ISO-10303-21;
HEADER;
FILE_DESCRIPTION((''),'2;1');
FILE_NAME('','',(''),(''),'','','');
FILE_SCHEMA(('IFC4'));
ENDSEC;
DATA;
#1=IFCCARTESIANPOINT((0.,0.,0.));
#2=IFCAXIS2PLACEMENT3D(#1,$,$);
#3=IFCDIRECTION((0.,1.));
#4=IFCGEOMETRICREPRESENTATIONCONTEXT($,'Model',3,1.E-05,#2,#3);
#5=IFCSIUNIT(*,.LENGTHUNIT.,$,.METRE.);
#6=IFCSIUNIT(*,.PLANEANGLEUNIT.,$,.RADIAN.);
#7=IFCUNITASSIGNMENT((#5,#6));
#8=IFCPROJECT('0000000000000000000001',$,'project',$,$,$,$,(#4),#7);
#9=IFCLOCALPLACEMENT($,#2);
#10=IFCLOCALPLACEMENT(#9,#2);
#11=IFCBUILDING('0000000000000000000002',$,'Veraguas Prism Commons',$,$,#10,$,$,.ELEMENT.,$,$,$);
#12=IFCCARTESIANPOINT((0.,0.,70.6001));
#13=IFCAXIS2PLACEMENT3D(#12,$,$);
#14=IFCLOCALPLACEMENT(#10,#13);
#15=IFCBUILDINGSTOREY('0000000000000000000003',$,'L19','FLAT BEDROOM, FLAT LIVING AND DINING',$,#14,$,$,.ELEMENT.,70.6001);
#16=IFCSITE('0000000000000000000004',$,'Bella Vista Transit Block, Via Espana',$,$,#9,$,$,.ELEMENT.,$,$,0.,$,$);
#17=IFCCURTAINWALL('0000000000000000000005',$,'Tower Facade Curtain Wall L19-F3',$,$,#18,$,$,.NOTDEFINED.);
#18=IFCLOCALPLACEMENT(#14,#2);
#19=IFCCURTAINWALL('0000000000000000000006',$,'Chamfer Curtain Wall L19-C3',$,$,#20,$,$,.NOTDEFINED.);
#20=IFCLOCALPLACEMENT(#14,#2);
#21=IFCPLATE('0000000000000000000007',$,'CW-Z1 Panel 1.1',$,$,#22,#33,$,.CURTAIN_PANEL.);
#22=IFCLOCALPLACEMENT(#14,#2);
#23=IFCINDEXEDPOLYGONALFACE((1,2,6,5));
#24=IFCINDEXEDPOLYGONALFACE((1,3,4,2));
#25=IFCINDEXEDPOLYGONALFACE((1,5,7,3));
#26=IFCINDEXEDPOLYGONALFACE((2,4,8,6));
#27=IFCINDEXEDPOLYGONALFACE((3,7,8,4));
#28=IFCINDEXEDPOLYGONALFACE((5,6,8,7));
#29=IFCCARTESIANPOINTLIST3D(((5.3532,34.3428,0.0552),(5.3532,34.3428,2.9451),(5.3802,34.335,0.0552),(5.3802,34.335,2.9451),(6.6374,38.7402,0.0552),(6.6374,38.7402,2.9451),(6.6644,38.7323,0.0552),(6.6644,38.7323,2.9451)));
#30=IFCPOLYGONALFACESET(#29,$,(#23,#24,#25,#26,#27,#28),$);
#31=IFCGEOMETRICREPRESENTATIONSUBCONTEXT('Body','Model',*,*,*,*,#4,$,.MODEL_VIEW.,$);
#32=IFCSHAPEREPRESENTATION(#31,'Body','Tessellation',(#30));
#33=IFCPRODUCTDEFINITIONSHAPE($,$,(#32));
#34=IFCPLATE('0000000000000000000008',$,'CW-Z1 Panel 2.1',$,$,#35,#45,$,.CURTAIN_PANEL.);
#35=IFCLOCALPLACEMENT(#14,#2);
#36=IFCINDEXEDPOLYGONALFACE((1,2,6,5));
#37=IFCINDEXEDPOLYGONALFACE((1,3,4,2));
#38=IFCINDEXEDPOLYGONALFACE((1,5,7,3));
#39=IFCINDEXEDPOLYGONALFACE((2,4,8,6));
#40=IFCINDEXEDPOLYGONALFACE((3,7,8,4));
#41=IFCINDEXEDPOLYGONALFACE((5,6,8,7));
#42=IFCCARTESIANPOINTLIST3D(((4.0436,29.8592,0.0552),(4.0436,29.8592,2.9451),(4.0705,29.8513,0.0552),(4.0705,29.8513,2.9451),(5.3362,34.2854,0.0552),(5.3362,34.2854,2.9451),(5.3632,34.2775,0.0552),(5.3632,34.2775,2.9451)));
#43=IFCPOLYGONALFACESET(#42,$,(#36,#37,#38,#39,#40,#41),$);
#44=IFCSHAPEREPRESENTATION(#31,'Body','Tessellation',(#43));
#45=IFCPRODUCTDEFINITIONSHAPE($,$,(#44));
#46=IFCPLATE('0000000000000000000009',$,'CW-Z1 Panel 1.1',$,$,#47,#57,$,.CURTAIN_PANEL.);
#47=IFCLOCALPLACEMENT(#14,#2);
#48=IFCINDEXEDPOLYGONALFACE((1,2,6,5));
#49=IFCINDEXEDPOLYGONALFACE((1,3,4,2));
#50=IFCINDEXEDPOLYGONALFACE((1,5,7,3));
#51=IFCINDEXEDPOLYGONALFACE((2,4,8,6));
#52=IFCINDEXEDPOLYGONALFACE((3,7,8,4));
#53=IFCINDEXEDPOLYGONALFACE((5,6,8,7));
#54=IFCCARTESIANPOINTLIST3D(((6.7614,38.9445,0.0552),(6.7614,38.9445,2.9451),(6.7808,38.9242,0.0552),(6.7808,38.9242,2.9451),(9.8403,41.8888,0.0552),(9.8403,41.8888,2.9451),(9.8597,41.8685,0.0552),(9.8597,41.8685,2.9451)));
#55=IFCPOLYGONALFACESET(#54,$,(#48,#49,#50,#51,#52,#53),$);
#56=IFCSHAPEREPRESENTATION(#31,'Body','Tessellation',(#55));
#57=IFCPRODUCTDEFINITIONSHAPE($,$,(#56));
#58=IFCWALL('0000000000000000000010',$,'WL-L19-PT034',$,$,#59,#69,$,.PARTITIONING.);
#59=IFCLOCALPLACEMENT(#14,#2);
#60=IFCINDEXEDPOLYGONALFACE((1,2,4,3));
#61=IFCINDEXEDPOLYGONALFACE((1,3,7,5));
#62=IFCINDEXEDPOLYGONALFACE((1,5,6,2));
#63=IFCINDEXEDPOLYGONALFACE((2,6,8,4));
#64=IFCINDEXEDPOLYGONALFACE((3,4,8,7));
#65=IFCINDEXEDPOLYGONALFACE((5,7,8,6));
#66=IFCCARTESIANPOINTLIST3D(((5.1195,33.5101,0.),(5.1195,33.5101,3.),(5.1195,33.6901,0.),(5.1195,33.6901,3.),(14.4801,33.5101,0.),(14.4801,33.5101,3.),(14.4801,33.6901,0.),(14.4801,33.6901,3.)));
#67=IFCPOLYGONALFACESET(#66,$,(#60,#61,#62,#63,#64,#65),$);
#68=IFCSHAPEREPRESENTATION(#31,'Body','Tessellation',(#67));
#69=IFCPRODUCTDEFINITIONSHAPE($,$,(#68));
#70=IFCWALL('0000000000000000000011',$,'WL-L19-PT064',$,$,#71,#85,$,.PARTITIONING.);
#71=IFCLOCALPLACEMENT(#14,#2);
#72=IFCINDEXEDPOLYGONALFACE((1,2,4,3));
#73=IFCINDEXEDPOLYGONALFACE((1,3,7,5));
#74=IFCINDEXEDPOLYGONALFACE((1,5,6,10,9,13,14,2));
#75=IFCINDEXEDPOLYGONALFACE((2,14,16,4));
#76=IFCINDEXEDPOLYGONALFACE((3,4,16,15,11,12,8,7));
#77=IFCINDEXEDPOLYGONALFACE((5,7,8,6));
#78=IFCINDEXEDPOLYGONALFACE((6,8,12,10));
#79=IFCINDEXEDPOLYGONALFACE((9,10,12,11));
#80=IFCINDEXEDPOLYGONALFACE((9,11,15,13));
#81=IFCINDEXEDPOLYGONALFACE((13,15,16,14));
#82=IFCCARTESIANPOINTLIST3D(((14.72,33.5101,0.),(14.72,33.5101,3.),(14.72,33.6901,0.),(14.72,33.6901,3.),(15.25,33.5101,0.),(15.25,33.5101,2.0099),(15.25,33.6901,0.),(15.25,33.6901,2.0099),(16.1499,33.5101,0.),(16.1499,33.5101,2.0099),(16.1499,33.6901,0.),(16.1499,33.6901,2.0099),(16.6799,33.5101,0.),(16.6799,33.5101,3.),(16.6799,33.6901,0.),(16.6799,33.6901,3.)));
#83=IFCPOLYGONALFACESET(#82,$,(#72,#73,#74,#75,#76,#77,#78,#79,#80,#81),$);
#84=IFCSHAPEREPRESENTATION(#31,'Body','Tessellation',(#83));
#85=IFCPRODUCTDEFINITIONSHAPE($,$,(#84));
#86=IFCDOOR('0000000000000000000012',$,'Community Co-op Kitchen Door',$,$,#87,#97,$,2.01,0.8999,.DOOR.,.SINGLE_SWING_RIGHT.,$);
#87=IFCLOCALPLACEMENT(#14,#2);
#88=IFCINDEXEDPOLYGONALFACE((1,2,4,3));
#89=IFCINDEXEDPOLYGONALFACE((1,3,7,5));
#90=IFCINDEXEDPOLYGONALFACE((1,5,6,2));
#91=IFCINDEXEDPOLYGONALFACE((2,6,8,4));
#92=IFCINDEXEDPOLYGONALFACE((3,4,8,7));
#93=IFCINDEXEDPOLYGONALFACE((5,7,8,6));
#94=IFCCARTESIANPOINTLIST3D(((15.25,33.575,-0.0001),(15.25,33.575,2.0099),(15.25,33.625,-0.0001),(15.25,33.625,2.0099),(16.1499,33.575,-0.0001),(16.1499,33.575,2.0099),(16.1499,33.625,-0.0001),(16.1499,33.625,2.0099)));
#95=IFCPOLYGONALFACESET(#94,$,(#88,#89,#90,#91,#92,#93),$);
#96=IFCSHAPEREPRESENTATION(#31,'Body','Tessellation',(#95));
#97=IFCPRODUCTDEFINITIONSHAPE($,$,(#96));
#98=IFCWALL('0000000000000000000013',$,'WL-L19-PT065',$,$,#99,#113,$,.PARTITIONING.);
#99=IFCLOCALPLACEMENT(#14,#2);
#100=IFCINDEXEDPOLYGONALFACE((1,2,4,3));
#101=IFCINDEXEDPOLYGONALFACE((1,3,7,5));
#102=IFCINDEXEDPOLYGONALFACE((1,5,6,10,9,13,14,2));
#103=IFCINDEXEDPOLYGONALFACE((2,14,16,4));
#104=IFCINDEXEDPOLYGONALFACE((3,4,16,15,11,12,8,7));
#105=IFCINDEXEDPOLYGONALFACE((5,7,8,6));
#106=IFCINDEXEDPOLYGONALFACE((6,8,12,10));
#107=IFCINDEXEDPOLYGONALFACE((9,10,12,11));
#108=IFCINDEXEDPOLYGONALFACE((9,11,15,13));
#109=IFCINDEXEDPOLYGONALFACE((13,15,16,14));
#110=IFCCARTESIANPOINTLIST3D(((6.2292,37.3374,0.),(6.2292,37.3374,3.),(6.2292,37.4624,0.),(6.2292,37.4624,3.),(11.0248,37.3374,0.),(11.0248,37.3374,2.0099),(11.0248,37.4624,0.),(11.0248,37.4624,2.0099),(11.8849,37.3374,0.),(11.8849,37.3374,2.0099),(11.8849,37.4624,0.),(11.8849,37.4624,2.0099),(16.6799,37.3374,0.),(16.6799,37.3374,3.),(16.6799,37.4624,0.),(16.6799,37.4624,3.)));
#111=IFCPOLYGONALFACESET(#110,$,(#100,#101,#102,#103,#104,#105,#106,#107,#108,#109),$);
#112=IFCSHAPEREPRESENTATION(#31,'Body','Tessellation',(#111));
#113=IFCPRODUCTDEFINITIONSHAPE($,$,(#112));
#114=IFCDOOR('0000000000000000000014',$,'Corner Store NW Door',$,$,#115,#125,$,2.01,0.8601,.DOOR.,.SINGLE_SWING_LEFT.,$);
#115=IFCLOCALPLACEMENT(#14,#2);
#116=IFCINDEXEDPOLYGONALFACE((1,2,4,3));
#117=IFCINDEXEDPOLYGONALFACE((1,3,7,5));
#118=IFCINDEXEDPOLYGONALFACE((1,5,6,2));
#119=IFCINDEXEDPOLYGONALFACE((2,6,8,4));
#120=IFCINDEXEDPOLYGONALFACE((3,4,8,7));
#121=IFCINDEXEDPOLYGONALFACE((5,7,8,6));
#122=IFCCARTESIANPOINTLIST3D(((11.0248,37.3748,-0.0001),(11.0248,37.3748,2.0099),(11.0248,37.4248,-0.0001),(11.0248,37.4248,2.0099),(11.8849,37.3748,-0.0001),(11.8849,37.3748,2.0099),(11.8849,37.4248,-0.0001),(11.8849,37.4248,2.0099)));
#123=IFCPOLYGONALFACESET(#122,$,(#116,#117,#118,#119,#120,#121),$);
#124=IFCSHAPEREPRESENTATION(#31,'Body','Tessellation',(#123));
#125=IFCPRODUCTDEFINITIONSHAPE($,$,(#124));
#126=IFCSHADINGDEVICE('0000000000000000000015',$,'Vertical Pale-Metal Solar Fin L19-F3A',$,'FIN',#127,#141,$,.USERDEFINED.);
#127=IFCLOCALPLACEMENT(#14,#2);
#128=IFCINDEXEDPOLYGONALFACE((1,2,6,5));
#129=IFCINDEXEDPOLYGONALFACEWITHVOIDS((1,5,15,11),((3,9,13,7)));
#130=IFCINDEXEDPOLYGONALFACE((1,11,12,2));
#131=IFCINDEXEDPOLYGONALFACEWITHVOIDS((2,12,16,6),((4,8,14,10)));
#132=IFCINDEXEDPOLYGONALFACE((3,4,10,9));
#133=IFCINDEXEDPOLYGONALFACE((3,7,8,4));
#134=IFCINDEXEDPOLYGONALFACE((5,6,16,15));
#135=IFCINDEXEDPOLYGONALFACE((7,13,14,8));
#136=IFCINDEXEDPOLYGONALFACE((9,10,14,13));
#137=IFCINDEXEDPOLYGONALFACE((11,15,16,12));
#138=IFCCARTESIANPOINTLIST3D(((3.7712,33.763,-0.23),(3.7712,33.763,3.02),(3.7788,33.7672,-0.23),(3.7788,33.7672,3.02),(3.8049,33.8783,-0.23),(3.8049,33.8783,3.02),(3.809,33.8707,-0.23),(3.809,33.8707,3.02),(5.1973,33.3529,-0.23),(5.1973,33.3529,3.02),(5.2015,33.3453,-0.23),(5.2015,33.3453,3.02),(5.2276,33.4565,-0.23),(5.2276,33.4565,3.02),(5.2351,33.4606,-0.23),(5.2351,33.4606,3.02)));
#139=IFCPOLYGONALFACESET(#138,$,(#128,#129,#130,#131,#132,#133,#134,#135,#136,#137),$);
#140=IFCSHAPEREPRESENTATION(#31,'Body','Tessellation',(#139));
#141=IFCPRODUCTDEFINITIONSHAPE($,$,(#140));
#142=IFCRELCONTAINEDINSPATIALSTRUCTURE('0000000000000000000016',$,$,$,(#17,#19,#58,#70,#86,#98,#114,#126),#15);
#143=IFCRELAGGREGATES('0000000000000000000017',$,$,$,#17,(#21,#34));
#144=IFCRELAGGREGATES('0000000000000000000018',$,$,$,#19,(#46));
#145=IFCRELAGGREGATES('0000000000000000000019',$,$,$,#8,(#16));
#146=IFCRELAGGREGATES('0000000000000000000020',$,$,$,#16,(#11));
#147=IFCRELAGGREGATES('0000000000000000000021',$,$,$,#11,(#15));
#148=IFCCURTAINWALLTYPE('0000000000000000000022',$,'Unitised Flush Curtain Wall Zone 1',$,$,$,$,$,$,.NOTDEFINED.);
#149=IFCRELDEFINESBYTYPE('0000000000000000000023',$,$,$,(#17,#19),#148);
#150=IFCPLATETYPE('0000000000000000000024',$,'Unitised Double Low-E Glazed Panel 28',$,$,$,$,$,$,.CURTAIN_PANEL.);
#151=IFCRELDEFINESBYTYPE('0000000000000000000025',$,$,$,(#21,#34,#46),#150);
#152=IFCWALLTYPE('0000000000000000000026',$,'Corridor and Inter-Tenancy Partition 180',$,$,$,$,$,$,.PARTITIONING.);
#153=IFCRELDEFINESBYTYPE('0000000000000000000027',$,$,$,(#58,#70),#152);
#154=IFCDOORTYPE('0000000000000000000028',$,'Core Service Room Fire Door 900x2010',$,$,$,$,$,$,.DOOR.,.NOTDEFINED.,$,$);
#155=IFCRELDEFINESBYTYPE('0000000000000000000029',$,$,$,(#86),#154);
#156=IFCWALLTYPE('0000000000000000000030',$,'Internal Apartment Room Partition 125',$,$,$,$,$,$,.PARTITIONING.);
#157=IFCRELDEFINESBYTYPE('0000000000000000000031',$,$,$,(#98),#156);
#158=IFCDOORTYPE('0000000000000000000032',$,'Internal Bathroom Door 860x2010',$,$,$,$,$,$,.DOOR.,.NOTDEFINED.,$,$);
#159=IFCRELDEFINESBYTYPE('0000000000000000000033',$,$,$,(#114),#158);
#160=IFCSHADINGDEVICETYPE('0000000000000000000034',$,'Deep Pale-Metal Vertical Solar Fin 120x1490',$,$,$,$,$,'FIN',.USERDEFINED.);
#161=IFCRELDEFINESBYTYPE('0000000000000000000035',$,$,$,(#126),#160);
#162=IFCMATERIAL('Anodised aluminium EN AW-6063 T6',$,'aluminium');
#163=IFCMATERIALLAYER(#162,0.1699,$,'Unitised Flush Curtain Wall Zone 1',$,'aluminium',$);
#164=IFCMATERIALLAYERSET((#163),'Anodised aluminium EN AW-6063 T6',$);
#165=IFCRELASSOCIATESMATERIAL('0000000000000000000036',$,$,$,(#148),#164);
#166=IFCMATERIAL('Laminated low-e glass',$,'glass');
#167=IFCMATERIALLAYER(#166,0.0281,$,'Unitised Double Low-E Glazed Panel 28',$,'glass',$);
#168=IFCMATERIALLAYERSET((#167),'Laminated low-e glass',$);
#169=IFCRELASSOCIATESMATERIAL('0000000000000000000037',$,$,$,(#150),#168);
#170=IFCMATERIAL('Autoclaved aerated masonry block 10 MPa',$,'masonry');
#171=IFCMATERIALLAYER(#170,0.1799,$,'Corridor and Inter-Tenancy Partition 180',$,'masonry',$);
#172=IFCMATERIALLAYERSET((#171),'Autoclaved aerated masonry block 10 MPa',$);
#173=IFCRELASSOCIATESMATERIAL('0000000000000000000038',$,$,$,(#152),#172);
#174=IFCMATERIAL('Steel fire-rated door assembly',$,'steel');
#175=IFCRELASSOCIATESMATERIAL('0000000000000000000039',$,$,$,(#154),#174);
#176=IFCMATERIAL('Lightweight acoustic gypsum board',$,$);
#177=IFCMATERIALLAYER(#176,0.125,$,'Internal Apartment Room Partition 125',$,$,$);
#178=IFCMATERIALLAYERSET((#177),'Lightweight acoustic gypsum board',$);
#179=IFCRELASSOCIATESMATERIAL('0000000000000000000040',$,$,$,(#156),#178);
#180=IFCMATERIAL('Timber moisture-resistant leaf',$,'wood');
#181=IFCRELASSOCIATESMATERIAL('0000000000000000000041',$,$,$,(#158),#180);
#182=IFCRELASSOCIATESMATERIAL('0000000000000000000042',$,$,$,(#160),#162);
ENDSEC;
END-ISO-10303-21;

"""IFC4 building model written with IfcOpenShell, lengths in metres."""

from ifc_helpers import new_model, si_unit, direction, frame, frame_2d, origin, origin_2d, place, context, subcontext, project, spatial, rectangle, hollow_rectangle, extrude, source, transform, mapped, material, layer, layer_set, material_profile, profile_set, type_object, element, fill, aggregate, save


model = new_model("IFC4")

# Units and contexts
model_context = context("Model", 3, precision=1e-05, world=origin(), true_north=direction((0.0, 1.0)))
body_context = subcontext(model_context, "Body", "Model", "MODEL_VIEW")
ifc_project = project(units=[si_unit("LENGTHUNIT", "METRE"), si_unit("PLANEANGLEUNIT", "RADIAN")], contexts=[model_context])

# Site, building, storey
site_placement = place(None, origin())
site = spatial("IfcSite", under=ifc_project, at=site_placement, Name="Bella Vista Transit Block, Via Espana", CompositionType="ELEMENT", RefElevation=0.0)
building_placement = place(site_placement, origin())
building = spatial("IfcBuilding", under=site, at=building_placement, Name="Veraguas Prism Commons", CompositionType="ELEMENT")
storey_placement = place(building_placement, frame((0.0, 0.0, 70.6001)))
storey = spatial("IfcBuildingStorey", under=building, at=storey_placement, Name="L19", Description="FLAT BEDROOM, FLAT LIVING AND DINING", CompositionType="ELEMENT", Elevation=70.6001)

# Curtain walls
ifc_material_1 = material(Name="Anodised aluminium EN AW-6063 T6", Category="aluminium")
ifc_layer_1 = layer(ifc_material_1, 0.1699, Name="Unitised Flush Curtain Wall Zone 1", Category="aluminium")
ifc_layer_set_1 = layer_set([ifc_layer_1], Name="Anodised aluminium EN AW-6063 T6")
curtain_wall_type = type_object("IfcCurtainWallType", Name="Unitised Flush Curtain Wall Zone 1", PredefinedType="NOTDEFINED", material=ifc_layer_set_1)
curtain_wall_1_placement = place(storey_placement, origin())
curtain_wall_1 = element("IfcCurtainWall", 1, at=curtain_wall_1_placement, inside=storey, type_object=curtain_wall_type, Name="Tower Facade Curtain Wall L19-F3", PredefinedType="NOTDEFINED")
curtain_wall_2_placement = place(storey_placement, origin())
curtain_wall_2 = element("IfcCurtainWall", 2, at=curtain_wall_2_placement, inside=storey, type_object=curtain_wall_type, Name="Chamfer Curtain Wall L19-C3", PredefinedType="NOTDEFINED")

# Plates
ifc_material_2 = material(Name="Laminated low-e glass", Category="glass")
ifc_layer_2 = layer(ifc_material_2, 0.0281, Name="Unitised Double Low-E Glazed Panel 28", Category="glass")
ifc_layer_set_2 = layer_set([ifc_layer_2], Name="Laminated low-e glass")
plate_type = type_object("IfcPlateType", Name="Unitised Double Low-E Glazed Panel 28", PredefinedType="CURTAIN_PANEL", material=ifc_layer_set_2)
shared_shape_1 = source(origin(), body_context, "Body", "SweptSolid", [
    extrude(rectangle(XDim=4.5811, YDim=0.0281, at=origin_2d()), origin(), (0.0, 0.0, 1.0), 2.8899),
])
plate_1_placement = place(storey_placement, frame((6.0088, 36.5376, 0.0552), z_axis=(0.0, 0.0, 1.0), x_axis=(-0.280333, -0.959903, 0.0)))
plate_1 = element("IfcPlate", 3, at=plate_1_placement, type_object=plate_type, Name="CW-Z1 Panel 1.1", PredefinedType="CURTAIN_PANEL", context=body_context, shape_type="MappedRepresentation", body=[
    mapped(shared_shape_1, transform((0.0, 0.0, 0.0), scale=1.0)),
])
shared_shape_2 = source(origin(), body_context, "Body", "SweptSolid", [
    extrude(rectangle(XDim=4.6111, YDim=0.0281, at=origin_2d()), origin(), (0.0, 0.0, 1.0), 2.8899),
])
plate_2_placement = place(storey_placement, frame((4.7034, 32.0684, 0.0552), z_axis=(0.0, 0.0, 1.0), x_axis=(-0.280333, -0.959903, 0.0)))
plate_2 = element("IfcPlate", 4, at=plate_2_placement, type_object=plate_type, Name="CW-Z1 Panel 2.1", PredefinedType="CURTAIN_PANEL", context=body_context, shape_type="MappedRepresentation", body=[
    mapped(shared_shape_2, transform((0.0, 0.0, 0.0), scale=1.0)),
])
aggregate(curtain_wall_1, [plate_1, plate_2])
shared_shape_3 = source(origin(), body_context, "Body", "SweptSolid", [
    extrude(rectangle(XDim=4.26, YDim=0.0281, at=origin_2d()), origin(), (0.0, 0.0, 1.0), 2.8899),
])
plate_3_placement = place(storey_placement, frame((8.3105, 40.4065, 0.0552), z_axis=(0.0, 0.0, 1.0), x_axis=(-0.72273, -0.691131, 0.0)))
plate_3 = element("IfcPlate", 5, at=plate_3_placement, type_object=plate_type, Name="CW-Z1 Panel 1.1", PredefinedType="CURTAIN_PANEL", context=body_context, shape_type="MappedRepresentation", body=[
    mapped(shared_shape_3, transform((0.0, 0.0, 0.0), scale=1.0)),
])
aggregate(curtain_wall_2, [plate_3])

# Wall
ifc_material_3 = material(Name="Autoclaved aerated masonry block 10 MPa", Category="masonry")
ifc_layer_3 = layer(ifc_material_3, 0.1799, Name="Corridor and Inter-Tenancy Partition 180", Category="masonry")
ifc_layer_set_3 = layer_set([ifc_layer_3], Name="Autoclaved aerated masonry block 10 MPa")
wall_type_1 = type_object("IfcWallType", Name="Corridor and Inter-Tenancy Partition 180", PredefinedType="PARTITIONING", material=ifc_layer_set_3)
wall_1_placement = place(storey_placement, frame((14.48, 33.6001, 0.0), z_axis=(0.0, 0.0, 1.0), x_axis=(-1.0, 0.0, 0.0)))
element("IfcWall", 6, at=wall_1_placement, inside=storey, type_object=wall_type_1, Name="WL-L19-PT034", PredefinedType="PARTITIONING", context=body_context, shape_type="SweptSolid", body=[
    extrude(rectangle(XDim=9.3606, YDim=0.1799, at=frame_2d((4.6802, 0.0))), origin(), (0.0, 0.0, 1.0), 3.0),
])

# Walls, openings, doors
wall_2_placement = place(storey_placement, frame((14.72, 33.6001, 0.0), z_axis=(0.0, 0.0, 1.0), x_axis=(1.0, 0.0, 0.0)))
wall_2 = element("IfcWall", 7, at=wall_2_placement, inside=storey, type_object=wall_type_1, Name="WL-L19-PT064", PredefinedType="PARTITIONING", context=body_context, shape_type="SweptSolid", body=[
    extrude(rectangle(XDim=1.96, YDim=0.1799, at=frame_2d((0.98, 0.0))), origin(), (0.0, 0.0, 1.0), 3.0),
])
opening_1_placement = place(wall_2_placement, frame((0.53, 0.0, 0.0)))
opening_1 = element("IfcOpeningElement", 8, at=opening_1_placement, cuts=wall_2, PredefinedType="OPENING", context=body_context, shape_type="SweptSolid", body=[
    extrude(rectangle(XDim=0.8999, YDim=2.01, at=frame_2d((0.45, 1.0049))), frame((0.0, 0.0999, 0.0), z_axis=(0.0, -1.0, 0.0), x_axis=(1.0, 0.0, 0.0)), (0.0, 0.0, 1.0), 0.2),
])
ifc_material_4 = material(Name="Steel fire-rated door assembly", Category="steel")
door_type_1 = type_object("IfcDoorType", Name="Core Service Room Fire Door 900x2010", OperationType="NOTDEFINED", PredefinedType="DOOR", material=ifc_material_4)
shared_shape_4 = source(origin(), body_context, "Body", "SweptSolid", [
    extrude(rectangle(XDim=0.8999, YDim=2.01, at=frame_2d((0.45, 1.0049))), frame((0.0, 0.0249, 0.0), z_axis=(0.0, -1.0, 0.0), x_axis=(1.0, 0.0, 0.0)), (0.0, 0.0, 1.0), 0.05),
])
door_1_placement = place(opening_1_placement, origin())
door_1 = element("IfcDoor", 9, at=door_1_placement, inside=storey, type_object=door_type_1, Name="Community Co-op Kitchen Door", OperationType="SINGLE_SWING_RIGHT", OverallHeight=2.01, OverallWidth=0.8999, PredefinedType="DOOR", context=body_context, shape_type="MappedRepresentation", body=[
    mapped(shared_shape_4, transform((0.0, 0.0, 0.0), scale=1.0)),
])
fill(opening_1, door_1)
ifc_material_5 = material(Name="Lightweight acoustic gypsum board")
ifc_layer_4 = layer(ifc_material_5, 0.125, Name="Internal Apartment Room Partition 125")
ifc_layer_set_4 = layer_set([ifc_layer_4], Name="Lightweight acoustic gypsum board")
wall_type_2 = type_object("IfcWallType", Name="Internal Apartment Room Partition 125", PredefinedType="PARTITIONING", material=ifc_layer_set_4)
wall_3_placement = place(storey_placement, frame((6.2292, 37.3999, 0.0), z_axis=(0.0, 0.0, 1.0), x_axis=(1.0, 0.0, 0.0)))
wall_3 = element("IfcWall", 10, at=wall_3_placement, inside=storey, type_object=wall_type_2, Name="WL-L19-PT065", PredefinedType="PARTITIONING", context=body_context, shape_type="SweptSolid", body=[
    extrude(rectangle(XDim=10.4507, YDim=0.125, at=frame_2d((5.2253, 0.0))), origin(), (0.0, 0.0, 1.0), 3.0),
])
opening_2_placement = place(wall_3_placement, frame((4.7954, 0.0, 0.0)))
opening_2 = element("IfcOpeningElement", 11, at=opening_2_placement, cuts=wall_3, PredefinedType="OPENING", context=body_context, shape_type="SweptSolid", body=[
    extrude(rectangle(XDim=0.8601, YDim=2.01, at=frame_2d((0.4302, 1.0049))), frame((0.0, 0.0725, 0.0), z_axis=(0.0, -1.0, 0.0), x_axis=(1.0, 0.0, 0.0)), (0.0, 0.0, 1.0), 0.145),
])
ifc_material_6 = material(Name="Timber moisture-resistant leaf", Category="wood")
door_type_2 = type_object("IfcDoorType", Name="Internal Bathroom Door 860x2010", OperationType="NOTDEFINED", PredefinedType="DOOR", material=ifc_material_6)
shared_shape_5 = source(origin(), body_context, "Body", "SweptSolid", [
    extrude(rectangle(XDim=0.8601, YDim=2.01, at=frame_2d((0.4302, 1.0049))), frame((0.0, 0.0249, 0.0), z_axis=(0.0, -1.0, 0.0), x_axis=(1.0, 0.0, 0.0)), (0.0, 0.0, 1.0), 0.05),
])
door_2_placement = place(opening_2_placement, origin())
door_2 = element("IfcDoor", 12, at=door_2_placement, inside=storey, type_object=door_type_2, Name="Corner Store NW Door", OperationType="SINGLE_SWING_LEFT", OverallHeight=2.01, OverallWidth=0.8601, PredefinedType="DOOR", context=body_context, shape_type="MappedRepresentation", body=[
    mapped(shared_shape_5, transform((0.0, 0.0, 0.0), scale=1.0)),
])
fill(opening_2, door_2)

# Shading device
ifc_material_profile_1 = material_profile(ifc_material_1, hollow_rectangle(XDim=0.1201, YDim=1.49, WallThickness=0.0061, at=origin_2d()), Name="FIN120X1490X6")
ifc_profile_set_1 = profile_set([ifc_material_profile_1], Name="Anodised aluminium EN AW-6063 T6")
shading_device_type = type_object("IfcShadingDeviceType", Name="Deep Pale-Metal Vertical Solar Fin 120x1490", ElementType="FIN", PredefinedType="USERDEFINED", material=ifc_profile_set_1)
shading_device_placement = place(storey_placement, frame((4.5032, 33.6118, -0.23), z_axis=(0.0, 0.0, 1.0), x_axis=(-0.28033, -0.959904, 0.0)))
element("IfcShadingDevice", 13, at=shading_device_placement, inside=storey, type_object=shading_device_type, Name="Vertical Pale-Metal Solar Fin L19-F3A", ObjectType="FIN", PredefinedType="USERDEFINED", context=body_context, shape_type="SweptSolid", body=[
    extrude(hollow_rectangle(XDim=0.1201, YDim=1.49, WallThickness=0.0061, at=origin_2d()), origin(), (0.0, 0.0, 1.0), 3.25),
])

save(model, "model.ifc")
